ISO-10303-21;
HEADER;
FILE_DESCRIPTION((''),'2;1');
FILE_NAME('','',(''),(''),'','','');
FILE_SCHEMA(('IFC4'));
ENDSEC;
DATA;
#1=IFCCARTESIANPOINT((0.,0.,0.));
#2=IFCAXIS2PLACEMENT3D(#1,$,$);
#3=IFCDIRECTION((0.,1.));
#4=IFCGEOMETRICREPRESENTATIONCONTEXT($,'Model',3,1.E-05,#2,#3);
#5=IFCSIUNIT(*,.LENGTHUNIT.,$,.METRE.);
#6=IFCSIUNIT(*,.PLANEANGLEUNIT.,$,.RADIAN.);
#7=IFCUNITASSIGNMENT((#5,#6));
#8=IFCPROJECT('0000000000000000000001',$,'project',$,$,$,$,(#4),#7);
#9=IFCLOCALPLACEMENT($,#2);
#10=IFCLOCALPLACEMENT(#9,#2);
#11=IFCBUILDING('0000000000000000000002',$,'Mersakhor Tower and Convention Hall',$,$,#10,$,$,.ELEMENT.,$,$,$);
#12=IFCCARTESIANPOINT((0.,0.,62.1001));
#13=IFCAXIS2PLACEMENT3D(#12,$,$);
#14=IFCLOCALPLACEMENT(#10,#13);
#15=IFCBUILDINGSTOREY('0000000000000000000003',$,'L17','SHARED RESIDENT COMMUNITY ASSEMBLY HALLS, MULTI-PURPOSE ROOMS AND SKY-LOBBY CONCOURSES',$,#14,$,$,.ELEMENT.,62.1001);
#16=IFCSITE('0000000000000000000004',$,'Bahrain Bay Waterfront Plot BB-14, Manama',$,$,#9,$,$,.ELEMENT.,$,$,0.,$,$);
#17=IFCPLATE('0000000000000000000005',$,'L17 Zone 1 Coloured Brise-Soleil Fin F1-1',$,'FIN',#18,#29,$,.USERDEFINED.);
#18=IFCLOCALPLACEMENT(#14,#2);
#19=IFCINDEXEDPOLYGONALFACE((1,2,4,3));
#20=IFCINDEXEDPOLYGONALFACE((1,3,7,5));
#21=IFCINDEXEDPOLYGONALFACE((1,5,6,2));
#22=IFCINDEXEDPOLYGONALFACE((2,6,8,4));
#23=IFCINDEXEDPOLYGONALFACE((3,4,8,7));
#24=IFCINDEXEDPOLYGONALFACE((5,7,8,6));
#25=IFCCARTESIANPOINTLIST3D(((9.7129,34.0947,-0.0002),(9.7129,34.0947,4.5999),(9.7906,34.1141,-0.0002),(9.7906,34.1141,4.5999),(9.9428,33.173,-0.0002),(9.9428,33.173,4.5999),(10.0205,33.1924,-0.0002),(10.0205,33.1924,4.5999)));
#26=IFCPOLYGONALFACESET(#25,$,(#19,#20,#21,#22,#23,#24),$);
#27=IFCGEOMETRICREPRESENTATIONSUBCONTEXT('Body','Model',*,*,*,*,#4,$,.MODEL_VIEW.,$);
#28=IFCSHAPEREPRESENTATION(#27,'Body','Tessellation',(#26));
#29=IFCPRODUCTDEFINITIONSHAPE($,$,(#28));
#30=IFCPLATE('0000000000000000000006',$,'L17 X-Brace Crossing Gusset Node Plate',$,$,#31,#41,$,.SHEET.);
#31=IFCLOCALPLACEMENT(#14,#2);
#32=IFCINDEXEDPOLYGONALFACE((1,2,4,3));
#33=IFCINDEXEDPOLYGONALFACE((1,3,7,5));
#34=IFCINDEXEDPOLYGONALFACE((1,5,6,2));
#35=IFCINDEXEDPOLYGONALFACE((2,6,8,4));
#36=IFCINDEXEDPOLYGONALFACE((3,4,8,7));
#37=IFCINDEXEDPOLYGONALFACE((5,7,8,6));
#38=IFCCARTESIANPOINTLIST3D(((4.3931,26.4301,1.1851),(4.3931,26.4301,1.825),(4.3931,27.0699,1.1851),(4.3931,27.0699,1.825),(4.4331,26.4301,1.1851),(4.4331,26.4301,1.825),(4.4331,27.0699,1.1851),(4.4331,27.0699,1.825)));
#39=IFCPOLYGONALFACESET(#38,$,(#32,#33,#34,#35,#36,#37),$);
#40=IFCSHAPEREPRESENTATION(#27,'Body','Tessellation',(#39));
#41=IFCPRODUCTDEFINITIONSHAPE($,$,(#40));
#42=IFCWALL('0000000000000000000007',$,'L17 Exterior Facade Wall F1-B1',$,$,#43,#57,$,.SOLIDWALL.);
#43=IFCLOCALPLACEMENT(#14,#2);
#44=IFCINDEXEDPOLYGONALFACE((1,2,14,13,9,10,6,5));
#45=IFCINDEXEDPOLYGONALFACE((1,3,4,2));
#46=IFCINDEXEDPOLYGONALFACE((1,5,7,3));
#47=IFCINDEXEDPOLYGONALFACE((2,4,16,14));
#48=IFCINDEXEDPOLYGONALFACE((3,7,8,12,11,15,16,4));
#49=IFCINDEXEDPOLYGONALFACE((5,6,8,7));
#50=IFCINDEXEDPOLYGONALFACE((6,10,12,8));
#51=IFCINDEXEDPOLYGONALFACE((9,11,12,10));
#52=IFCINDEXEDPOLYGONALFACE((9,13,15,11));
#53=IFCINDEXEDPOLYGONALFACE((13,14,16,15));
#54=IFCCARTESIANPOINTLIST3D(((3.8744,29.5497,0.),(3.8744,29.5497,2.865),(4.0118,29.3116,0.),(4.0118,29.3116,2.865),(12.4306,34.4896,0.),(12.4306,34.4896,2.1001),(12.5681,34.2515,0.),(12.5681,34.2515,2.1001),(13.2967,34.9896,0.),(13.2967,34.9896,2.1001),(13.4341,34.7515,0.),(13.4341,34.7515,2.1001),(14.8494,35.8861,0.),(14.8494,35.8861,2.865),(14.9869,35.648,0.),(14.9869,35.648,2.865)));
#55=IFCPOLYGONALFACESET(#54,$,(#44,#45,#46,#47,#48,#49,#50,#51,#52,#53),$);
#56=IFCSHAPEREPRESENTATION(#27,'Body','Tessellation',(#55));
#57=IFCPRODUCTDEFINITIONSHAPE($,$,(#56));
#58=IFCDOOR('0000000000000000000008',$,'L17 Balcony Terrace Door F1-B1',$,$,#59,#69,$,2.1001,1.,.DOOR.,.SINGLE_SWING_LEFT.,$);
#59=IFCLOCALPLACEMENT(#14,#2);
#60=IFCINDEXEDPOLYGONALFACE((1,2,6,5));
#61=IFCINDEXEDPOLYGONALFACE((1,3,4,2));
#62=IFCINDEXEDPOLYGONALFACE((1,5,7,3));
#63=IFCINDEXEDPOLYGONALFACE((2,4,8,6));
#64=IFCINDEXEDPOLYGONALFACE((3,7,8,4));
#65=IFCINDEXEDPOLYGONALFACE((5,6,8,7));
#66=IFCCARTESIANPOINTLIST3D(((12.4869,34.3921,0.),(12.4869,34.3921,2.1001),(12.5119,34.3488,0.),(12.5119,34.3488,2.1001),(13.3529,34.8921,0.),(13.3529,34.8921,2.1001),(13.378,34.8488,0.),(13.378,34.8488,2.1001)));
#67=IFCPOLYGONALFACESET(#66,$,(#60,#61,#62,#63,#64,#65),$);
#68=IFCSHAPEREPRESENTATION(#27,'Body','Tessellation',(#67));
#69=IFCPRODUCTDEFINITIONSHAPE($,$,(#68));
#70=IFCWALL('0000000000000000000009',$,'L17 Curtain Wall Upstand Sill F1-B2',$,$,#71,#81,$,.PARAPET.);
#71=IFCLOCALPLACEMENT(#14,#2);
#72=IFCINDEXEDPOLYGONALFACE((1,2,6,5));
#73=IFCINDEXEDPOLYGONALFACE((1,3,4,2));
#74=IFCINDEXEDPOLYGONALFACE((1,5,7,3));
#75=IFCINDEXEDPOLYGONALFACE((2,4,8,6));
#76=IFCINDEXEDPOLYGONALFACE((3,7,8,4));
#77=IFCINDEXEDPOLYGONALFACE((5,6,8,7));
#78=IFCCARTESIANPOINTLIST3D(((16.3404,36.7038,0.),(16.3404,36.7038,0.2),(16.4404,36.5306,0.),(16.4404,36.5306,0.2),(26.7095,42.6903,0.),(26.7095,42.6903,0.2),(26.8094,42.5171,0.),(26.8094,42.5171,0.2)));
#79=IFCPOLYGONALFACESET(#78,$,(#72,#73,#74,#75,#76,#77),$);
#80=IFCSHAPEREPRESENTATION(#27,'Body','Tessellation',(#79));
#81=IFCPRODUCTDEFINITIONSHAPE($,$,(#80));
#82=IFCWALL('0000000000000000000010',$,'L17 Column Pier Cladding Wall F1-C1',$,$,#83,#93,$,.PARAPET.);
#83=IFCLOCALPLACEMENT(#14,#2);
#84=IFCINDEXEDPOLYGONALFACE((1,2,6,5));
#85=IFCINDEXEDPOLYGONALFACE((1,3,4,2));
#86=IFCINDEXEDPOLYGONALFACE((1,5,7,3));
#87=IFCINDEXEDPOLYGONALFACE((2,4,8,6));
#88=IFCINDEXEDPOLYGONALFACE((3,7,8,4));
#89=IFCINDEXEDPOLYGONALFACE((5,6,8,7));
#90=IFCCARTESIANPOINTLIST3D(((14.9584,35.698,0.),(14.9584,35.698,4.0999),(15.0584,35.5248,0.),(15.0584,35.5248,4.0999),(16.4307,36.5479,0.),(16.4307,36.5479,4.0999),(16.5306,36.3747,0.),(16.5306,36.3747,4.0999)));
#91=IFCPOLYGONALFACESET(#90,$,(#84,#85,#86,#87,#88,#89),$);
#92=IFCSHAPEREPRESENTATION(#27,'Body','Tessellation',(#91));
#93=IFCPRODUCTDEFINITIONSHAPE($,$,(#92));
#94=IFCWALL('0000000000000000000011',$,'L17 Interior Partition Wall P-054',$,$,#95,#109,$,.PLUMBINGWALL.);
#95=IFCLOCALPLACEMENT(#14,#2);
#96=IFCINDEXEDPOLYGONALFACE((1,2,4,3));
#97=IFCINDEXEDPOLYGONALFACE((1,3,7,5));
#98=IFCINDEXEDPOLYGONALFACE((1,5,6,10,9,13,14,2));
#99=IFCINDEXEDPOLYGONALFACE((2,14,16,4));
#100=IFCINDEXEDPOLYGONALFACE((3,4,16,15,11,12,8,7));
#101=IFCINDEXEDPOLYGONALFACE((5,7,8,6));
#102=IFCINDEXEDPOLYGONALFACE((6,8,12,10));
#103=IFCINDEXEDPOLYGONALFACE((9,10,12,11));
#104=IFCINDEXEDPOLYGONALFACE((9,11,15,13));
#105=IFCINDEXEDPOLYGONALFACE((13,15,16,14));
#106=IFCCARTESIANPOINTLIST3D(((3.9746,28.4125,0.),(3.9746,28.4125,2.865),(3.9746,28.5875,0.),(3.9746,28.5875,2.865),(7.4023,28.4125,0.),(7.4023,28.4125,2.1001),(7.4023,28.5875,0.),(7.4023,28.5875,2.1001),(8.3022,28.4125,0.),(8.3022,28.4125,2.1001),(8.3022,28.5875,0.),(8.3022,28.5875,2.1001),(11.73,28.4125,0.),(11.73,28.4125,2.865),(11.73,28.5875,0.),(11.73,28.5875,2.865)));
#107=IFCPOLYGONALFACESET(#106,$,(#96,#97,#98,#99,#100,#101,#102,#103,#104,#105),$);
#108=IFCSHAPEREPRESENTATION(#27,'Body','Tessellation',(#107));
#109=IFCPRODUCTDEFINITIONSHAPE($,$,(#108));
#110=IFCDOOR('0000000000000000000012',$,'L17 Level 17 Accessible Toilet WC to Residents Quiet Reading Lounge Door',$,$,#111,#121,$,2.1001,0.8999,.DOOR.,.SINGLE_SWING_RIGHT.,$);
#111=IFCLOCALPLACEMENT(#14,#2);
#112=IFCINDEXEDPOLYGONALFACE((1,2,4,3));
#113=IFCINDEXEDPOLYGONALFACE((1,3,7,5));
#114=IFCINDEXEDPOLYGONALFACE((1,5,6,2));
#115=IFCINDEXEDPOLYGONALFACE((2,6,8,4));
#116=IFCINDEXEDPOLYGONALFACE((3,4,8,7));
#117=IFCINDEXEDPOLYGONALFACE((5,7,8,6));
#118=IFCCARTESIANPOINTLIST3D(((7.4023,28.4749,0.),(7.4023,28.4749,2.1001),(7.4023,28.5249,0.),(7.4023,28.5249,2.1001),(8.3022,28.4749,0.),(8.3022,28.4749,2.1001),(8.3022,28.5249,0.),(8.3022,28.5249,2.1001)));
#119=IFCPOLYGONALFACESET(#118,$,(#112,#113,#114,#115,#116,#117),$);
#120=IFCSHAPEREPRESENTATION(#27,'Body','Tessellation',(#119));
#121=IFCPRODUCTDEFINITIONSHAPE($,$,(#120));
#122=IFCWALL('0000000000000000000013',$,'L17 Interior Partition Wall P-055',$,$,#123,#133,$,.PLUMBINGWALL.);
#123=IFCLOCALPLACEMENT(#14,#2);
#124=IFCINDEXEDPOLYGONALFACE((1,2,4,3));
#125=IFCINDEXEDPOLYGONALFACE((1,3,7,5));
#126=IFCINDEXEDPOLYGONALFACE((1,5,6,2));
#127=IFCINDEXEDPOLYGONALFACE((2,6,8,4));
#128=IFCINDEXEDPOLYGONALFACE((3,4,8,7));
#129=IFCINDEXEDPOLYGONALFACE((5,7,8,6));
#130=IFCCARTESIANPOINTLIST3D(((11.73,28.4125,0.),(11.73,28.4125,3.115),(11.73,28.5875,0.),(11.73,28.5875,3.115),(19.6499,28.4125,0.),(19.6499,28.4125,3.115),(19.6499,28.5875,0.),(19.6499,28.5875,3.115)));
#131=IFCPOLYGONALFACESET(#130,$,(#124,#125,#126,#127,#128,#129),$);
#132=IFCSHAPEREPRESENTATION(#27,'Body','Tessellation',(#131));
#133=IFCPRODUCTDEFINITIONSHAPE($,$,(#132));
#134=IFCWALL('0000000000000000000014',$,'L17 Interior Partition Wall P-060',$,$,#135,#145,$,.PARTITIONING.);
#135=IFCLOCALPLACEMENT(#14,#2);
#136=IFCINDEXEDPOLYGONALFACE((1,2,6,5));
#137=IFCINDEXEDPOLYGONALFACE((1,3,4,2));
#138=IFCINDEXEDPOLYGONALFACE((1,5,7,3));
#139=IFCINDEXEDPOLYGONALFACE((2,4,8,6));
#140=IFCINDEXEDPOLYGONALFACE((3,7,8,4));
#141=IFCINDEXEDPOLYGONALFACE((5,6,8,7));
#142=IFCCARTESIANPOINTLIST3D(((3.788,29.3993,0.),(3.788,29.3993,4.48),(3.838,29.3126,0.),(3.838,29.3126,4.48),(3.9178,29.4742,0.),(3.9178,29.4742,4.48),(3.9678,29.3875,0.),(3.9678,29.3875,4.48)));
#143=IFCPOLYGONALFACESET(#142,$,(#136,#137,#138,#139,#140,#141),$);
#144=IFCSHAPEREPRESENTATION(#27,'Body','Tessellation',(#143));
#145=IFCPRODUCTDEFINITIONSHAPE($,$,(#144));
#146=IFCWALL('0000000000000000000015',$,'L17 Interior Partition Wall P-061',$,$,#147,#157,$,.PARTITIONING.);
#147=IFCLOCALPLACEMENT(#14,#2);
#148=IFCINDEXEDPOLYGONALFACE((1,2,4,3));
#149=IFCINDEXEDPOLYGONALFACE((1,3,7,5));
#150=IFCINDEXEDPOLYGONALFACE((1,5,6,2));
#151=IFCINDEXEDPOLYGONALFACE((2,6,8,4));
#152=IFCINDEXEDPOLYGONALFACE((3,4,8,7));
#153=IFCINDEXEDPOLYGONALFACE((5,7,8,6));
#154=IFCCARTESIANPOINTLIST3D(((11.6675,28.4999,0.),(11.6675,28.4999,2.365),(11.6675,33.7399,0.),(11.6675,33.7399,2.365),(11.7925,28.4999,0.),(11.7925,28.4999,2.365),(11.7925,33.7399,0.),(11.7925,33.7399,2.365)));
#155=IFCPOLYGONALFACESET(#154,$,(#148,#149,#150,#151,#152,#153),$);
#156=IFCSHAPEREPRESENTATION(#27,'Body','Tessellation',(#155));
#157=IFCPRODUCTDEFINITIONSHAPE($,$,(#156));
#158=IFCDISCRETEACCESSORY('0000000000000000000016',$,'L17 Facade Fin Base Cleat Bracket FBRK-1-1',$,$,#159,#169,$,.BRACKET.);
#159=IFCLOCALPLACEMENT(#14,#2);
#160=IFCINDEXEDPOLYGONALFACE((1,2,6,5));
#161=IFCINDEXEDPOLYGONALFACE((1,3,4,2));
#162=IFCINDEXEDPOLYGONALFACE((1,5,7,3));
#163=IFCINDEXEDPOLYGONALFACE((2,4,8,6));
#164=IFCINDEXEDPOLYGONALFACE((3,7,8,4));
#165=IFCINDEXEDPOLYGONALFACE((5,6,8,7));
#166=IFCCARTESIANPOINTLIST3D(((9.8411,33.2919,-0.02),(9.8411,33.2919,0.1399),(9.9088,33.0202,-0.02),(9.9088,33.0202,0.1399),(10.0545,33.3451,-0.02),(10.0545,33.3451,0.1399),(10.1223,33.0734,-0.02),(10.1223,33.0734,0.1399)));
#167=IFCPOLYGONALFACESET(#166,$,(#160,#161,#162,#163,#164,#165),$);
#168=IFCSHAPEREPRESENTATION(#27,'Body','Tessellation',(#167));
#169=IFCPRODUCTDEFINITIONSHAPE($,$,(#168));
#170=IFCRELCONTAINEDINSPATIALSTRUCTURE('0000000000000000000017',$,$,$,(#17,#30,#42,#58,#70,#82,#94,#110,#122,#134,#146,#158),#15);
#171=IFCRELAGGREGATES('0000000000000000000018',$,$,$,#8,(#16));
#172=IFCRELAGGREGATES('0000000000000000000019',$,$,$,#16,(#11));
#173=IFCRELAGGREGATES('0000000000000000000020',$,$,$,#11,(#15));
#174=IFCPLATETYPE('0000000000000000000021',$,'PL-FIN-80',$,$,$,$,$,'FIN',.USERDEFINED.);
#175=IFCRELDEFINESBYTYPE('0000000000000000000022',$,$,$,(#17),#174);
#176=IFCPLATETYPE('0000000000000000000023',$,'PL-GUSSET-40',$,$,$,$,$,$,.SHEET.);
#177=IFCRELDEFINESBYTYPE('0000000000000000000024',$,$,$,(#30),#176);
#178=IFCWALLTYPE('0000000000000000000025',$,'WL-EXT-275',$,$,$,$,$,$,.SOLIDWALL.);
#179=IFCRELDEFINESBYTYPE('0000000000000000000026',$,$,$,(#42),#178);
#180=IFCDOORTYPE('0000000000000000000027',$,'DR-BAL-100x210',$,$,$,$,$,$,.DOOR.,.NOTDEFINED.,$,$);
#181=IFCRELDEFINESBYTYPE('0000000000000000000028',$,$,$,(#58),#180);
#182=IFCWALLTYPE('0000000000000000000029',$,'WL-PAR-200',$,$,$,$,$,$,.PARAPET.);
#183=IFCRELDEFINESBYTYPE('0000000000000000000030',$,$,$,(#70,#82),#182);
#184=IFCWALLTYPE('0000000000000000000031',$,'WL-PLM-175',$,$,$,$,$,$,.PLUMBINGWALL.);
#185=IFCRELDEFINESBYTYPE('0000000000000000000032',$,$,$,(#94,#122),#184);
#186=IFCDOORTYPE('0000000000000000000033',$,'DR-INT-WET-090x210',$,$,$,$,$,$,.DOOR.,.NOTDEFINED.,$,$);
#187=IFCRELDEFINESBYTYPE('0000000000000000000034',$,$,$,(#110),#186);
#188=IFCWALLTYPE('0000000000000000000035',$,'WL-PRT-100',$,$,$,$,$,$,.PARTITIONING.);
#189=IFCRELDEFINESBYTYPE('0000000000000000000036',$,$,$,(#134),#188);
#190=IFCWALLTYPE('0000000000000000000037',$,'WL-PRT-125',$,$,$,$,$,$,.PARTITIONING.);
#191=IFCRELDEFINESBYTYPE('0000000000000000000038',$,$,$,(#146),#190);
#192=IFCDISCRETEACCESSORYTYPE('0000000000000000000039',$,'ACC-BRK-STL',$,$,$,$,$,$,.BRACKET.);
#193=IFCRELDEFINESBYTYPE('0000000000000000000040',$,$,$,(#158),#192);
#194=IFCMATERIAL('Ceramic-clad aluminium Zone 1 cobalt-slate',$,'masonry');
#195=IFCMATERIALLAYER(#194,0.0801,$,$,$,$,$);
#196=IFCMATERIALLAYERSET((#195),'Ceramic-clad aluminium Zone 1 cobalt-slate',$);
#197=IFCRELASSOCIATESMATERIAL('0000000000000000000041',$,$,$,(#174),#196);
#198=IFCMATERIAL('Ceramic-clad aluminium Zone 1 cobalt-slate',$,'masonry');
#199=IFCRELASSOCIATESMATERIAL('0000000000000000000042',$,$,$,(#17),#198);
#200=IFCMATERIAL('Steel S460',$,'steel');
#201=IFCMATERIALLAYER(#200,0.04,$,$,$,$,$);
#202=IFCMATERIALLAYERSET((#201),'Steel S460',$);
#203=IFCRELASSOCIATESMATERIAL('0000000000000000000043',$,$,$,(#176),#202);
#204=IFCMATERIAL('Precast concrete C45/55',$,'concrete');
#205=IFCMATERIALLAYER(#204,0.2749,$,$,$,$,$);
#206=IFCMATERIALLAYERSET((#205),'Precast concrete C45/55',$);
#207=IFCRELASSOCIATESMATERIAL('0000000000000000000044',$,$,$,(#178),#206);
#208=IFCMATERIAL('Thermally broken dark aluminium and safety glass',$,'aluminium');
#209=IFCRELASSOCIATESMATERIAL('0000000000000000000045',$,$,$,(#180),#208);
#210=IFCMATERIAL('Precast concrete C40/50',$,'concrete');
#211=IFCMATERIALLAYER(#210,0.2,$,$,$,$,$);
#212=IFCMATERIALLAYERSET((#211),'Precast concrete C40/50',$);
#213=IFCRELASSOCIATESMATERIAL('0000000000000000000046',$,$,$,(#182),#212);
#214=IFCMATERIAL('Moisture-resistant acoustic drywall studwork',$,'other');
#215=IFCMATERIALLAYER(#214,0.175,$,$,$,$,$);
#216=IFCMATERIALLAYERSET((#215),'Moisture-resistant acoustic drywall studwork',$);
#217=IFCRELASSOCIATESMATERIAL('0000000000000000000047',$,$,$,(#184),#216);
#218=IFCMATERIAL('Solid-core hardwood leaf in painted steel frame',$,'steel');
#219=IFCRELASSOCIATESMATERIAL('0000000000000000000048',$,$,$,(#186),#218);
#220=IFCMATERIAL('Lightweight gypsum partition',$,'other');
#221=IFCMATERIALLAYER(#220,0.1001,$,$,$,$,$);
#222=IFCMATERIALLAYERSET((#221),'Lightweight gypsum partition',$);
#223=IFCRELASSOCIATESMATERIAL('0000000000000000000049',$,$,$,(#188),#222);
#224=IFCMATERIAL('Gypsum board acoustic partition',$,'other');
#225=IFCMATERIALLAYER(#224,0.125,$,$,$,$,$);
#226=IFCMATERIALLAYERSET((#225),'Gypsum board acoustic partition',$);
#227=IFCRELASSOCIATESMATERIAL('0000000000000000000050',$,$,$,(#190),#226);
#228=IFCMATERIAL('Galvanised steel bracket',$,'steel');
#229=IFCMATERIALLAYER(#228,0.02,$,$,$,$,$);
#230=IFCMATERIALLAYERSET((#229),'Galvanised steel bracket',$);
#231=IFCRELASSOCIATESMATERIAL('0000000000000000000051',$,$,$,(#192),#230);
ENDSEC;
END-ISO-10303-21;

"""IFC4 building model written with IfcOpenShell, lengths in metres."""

from ifc_helpers import new_model, si_unit, direction, frame, frame_2d, origin, origin_2d, place, context, subcontext, project, spatial, rectangle, extrude, material, layer, layer_set, type_object, element, fill, save


model = new_model("IFC4")

# Units and contexts
model_context = context("Model", 3, precision=1e-05, world=origin(), true_north=direction((0.0, 1.0)))
body_context = subcontext(model_context, "Body", "Model", "MODEL_VIEW")
ifc_project = project(units=[si_unit("LENGTHUNIT", "METRE"), si_unit("PLANEANGLEUNIT", "RADIAN")], contexts=[model_context])

# Site, building, storey
site_placement = place(None, origin())
site = spatial("IfcSite", under=ifc_project, at=site_placement, Name="Bahrain Bay Waterfront Plot BB-14, Manama", CompositionType="ELEMENT", RefElevation=0.0)
building_placement = place(site_placement, origin())
building = spatial("IfcBuilding", under=site, at=building_placement, Name="Mersakhor Tower and Convention Hall", CompositionType="ELEMENT")
storey_placement = place(building_placement, frame((0.0, 0.0, 62.1001)))
storey = spatial("IfcBuildingStorey", under=building, at=storey_placement, Name="L17", Description="SHARED RESIDENT COMMUNITY ASSEMBLY HALLS, MULTI-PURPOSE ROOMS AND SKY-LOBBY CONCOURSES", CompositionType="ELEMENT", Elevation=62.1001)

# Plates
ifc_material_1 = material(Name="Ceramic-clad aluminium Zone 1 cobalt-slate", Category="masonry")
ifc_material_2 = material(Name="Ceramic-clad aluminium Zone 1 cobalt-slate", Category="masonry")
ifc_layer_1 = layer(ifc_material_2, 0.0801)
ifc_layer_set_1 = layer_set([ifc_layer_1], Name="Ceramic-clad aluminium Zone 1 cobalt-slate")
plate_type_1 = type_object("IfcPlateType", Name="PL-FIN-80", ElementType="FIN", PredefinedType="USERDEFINED", material=ifc_layer_set_1)
plate_1_placement = place(storey_placement, frame((9.8667, 33.6436, -0.0002), z_axis=(0.0, 0.0, 1.0), x_axis=(-0.241922, 0.970296, 0.0)))
element("IfcPlate", 1, at=plate_1_placement, inside=storey, type_object=plate_type_1, material=ifc_material_1, Name="L17 Zone 1 Coloured Brise-Soleil Fin F1-1", ObjectType="FIN", PredefinedType="USERDEFINED", context=body_context, shape_type="SweptSolid", body=[
    extrude(rectangle(XDim=0.95, YDim=0.0801, at=origin_2d()), origin(), (0.0, 0.0, 1.0), 4.6001),
])
ifc_material_3 = material(Name="Steel S460", Category="steel")
ifc_layer_2 = layer(ifc_material_3, 0.04)
ifc_layer_set_2 = layer_set([ifc_layer_2], Name="Steel S460")
plate_type_2 = type_object("IfcPlateType", Name="PL-GUSSET-40", PredefinedType="SHEET", material=ifc_layer_set_2)
plate_2_placement = place(storey_placement, frame((4.4131, 26.75, 1.1851), z_axis=(0.0, 0.0, 1.0), x_axis=(0.0, -1.0, 0.0)))
element("IfcPlate", 2, at=plate_2_placement, inside=storey, type_object=plate_type_2, Name="L17 X-Brace Crossing Gusset Node Plate", PredefinedType="SHEET", context=body_context, shape_type="SweptSolid", body=[
    extrude(rectangle(XDim=0.6399, YDim=0.04, at=origin_2d()), origin(), (0.0, 0.0, 1.0), 0.6399),
])

# Wall, opening, door
ifc_material_4 = material(Name="Precast concrete C45/55", Category="concrete")
ifc_layer_3 = layer(ifc_material_4, 0.2749)
ifc_layer_set_3 = layer_set([ifc_layer_3], Name="Precast concrete C45/55")
wall_type_1 = type_object("IfcWallType", Name="WL-EXT-275", PredefinedType="SOLIDWALL", material=ifc_layer_set_3)
wall_1_placement = place(storey_placement, frame((3.9431, 29.4307, 0.0), z_axis=(0.0, 0.0, 1.0), x_axis=(0.866027, 0.499997, 0.0)))
wall_1 = element("IfcWall", 3, at=wall_1_placement, inside=storey, type_object=wall_type_1, Name="L17 Exterior Facade Wall F1-B1", PredefinedType="SOLIDWALL", context=body_context, shape_type="SweptSolid", body=[
    extrude(rectangle(XDim=12.6729, YDim=0.2749, at=frame_2d((6.3364, 0.0))), origin(), (0.0, 0.0, 1.0), 2.865),
])
opening_1_placement = place(wall_1_placement, frame((9.8799, 0.0, 0.0)))
opening_1 = element("IfcOpeningElement", 4, at=opening_1_placement, cuts=wall_1, PredefinedType="OPENING", context=body_context, shape_type="SweptSolid", body=[
    extrude(rectangle(XDim=1.0, YDim=2.1001, at=frame_2d((0.5, 1.05))), frame((0.0, 0.1475, 0.0), z_axis=(0.0, -1.0, 0.0), x_axis=(1.0, 0.0, 0.0)), (0.0, 0.0, 1.0), 0.2949),
])
ifc_material_5 = material(Name="Thermally broken dark aluminium and safety glass", Category="aluminium")
door_type_1 = type_object("IfcDoorType", Name="DR-BAL-100x210", OperationType="NOTDEFINED", PredefinedType="DOOR", material=ifc_material_5)
door_1_placement = place(opening_1_placement, origin())
door_1 = element("IfcDoor", 5, at=door_1_placement, inside=storey, type_object=door_type_1, Name="L17 Balcony Terrace Door F1-B1", OperationType="SINGLE_SWING_LEFT", OverallHeight=2.1001, OverallWidth=1.0, PredefinedType="DOOR", context=body_context, shape_type="SweptSolid", body=[
    extrude(rectangle(XDim=1.0, YDim=2.1001, at=frame_2d((0.5, 1.05))), frame((0.0, 0.0249, 0.0), z_axis=(0.0, -1.0, 0.0), x_axis=(1.0, 0.0, 0.0)), (0.0, 0.0, 1.0), 0.05),
])
fill(opening_1, door_1)

# Walls
ifc_material_6 = material(Name="Precast concrete C40/50", Category="concrete")
ifc_layer_4 = layer(ifc_material_6, 0.2)
ifc_layer_set_4 = layer_set([ifc_layer_4], Name="Precast concrete C40/50")
wall_type_2 = type_object("IfcWallType", Name="WL-PAR-200", PredefinedType="PARAPET", material=ifc_layer_set_4)
wall_2_placement = place(storey_placement, frame((16.3904, 36.6172, 0.0), z_axis=(0.0, 0.0, 1.0), x_axis=(0.866027, 0.499997, 0.0)))
element("IfcWall", 6, at=wall_2_placement, inside=storey, type_object=wall_type_2, Name="L17 Curtain Wall Upstand Sill F1-B2", PredefinedType="PARAPET", context=body_context, shape_type="SweptSolid", body=[
    extrude(rectangle(XDim=11.9731, YDim=0.2, at=frame_2d((5.9866, 0.0))), origin(), (0.0, 0.0, 1.0), 0.2),
])
wall_3_placement = place(storey_placement, frame((15.0083, 35.6113, 0.0), z_axis=(0.0, 0.0, 1.0), x_axis=(0.866052, 0.499955, 0.0)))
element("IfcWall", 7, at=wall_3_placement, inside=storey, type_object=wall_type_2, Name="L17 Column Pier Cladding Wall F1-C1", PredefinedType="PARAPET", context=body_context, shape_type="SweptSolid", body=[
    extrude(rectangle(XDim=1.7, YDim=0.2, at=frame_2d((0.8501, 0.0))), origin(), (0.0, 0.0, 1.0), 4.0999),
])

# Wall, opening, door
ifc_material_7 = material(Name="Moisture-resistant acoustic drywall studwork", Category="other")
ifc_layer_5 = layer(ifc_material_7, 0.175)
ifc_layer_set_5 = layer_set([ifc_layer_5], Name="Moisture-resistant acoustic drywall studwork")
wall_type_3 = type_object("IfcWallType", Name="WL-PLM-175", PredefinedType="PLUMBINGWALL", material=ifc_layer_set_5)
wall_4_placement = place(storey_placement, frame((3.9746, 28.5, 0.0), z_axis=(0.0, 0.0, 1.0), x_axis=(1.0, 0.0, 0.0)))
wall_4 = element("IfcWall", 8, at=wall_4_placement, inside=storey, type_object=wall_type_3, Name="L17 Interior Partition Wall P-054", PredefinedType="PLUMBINGWALL", context=body_context, shape_type="SweptSolid", body=[
    extrude(rectangle(XDim=7.7554, YDim=0.175, at=frame_2d((3.8777, 0.0))), origin(), (0.0, 0.0, 1.0), 2.865),
])
opening_2_placement = place(wall_4_placement, frame((3.4277, 0.0, 0.0)))
opening_2 = element("IfcOpeningElement", 9, at=opening_2_placement, cuts=wall_4, PredefinedType="OPENING", context=body_context, shape_type="SweptSolid", body=[
    extrude(rectangle(XDim=0.8999, YDim=2.1001, at=frame_2d((0.45, 1.05))), frame((0.0, 0.0974, 0.0), z_axis=(0.0, -1.0, 0.0), x_axis=(1.0, 0.0, 0.0)), (0.0, 0.0, 1.0), 0.1951),
])
ifc_material_8 = material(Name="Solid-core hardwood leaf in painted steel frame", Category="steel")
door_type_2 = type_object("IfcDoorType", Name="DR-INT-WET-090x210", OperationType="NOTDEFINED", PredefinedType="DOOR", material=ifc_material_8)
door_2_placement = place(opening_2_placement, origin())
door_2 = element("IfcDoor", 10, at=door_2_placement, inside=storey, type_object=door_type_2, Name="L17 Level 17 Accessible Toilet WC to Residents Quiet Reading Lounge Door", OperationType="SINGLE_SWING_RIGHT", OverallHeight=2.1001, OverallWidth=0.8999, PredefinedType="DOOR", context=body_context, shape_type="SweptSolid", body=[
    extrude(rectangle(XDim=0.8999, YDim=2.1001, at=frame_2d((0.45, 1.05))), frame((0.0, 0.0249, 0.0), z_axis=(0.0, -1.0, 0.0), x_axis=(1.0, 0.0, 0.0)), (0.0, 0.0, 1.0), 0.05),
])
fill(opening_2, door_2)

# Walls
wall_5_placement = place(storey_placement, frame((11.73, 28.5, 0.0), z_axis=(0.0, 0.0, 1.0), x_axis=(1.0, 0.0, 0.0)))
element("IfcWall", 11, at=wall_5_placement, inside=storey, type_object=wall_type_3, Name="L17 Interior Partition Wall P-055", PredefinedType="PLUMBINGWALL", context=body_context, shape_type="SweptSolid", body=[
    extrude(rectangle(XDim=7.9199, YDim=0.175, at=frame_2d((3.96, 0.0))), origin(), (0.0, 0.0, 1.0), 3.115),
])
ifc_material_9 = material(Name="Lightweight gypsum partition", Category="other")
ifc_layer_6 = layer(ifc_material_9, 0.1001)
ifc_layer_set_6 = layer_set([ifc_layer_6], Name="Lightweight gypsum partition")
wall_type_4 = type_object("IfcWallType", Name="WL-PRT-100", PredefinedType="PARTITIONING", material=ifc_layer_set_6)
wall_6_placement = place(storey_placement, frame((3.813, 29.356, 0.0), z_axis=(0.0, 0.0, 1.0), x_axis=(0.866131, 0.499816, 0.0)))
element("IfcWall", 12, at=wall_6_placement, inside=storey, type_object=wall_type_4, Name="L17 Interior Partition Wall P-060", PredefinedType="PARTITIONING", context=body_context, shape_type="SweptSolid", body=[
    extrude(rectangle(XDim=0.1499, YDim=0.1001, at=frame_2d((0.075, 0.0))), origin(), (0.0, 0.0, 1.0), 4.48),
])
ifc_material_10 = material(Name="Gypsum board acoustic partition", Category="other")
ifc_layer_7 = layer(ifc_material_10, 0.125)
ifc_layer_set_7 = layer_set([ifc_layer_7], Name="Gypsum board acoustic partition")
wall_type_5 = type_object("IfcWallType", Name="WL-PRT-125", PredefinedType="PARTITIONING", material=ifc_layer_set_7)
wall_7_placement = place(storey_placement, frame((11.73, 33.74, 0.0), z_axis=(0.0, 0.0, 1.0), x_axis=(0.0, -1.0, 0.0)))
element("IfcWall", 13, at=wall_7_placement, inside=storey, type_object=wall_type_5, Name="L17 Interior Partition Wall P-061", PredefinedType="PARTITIONING", context=body_context, shape_type="SweptSolid", body=[
    extrude(rectangle(XDim=5.24, YDim=0.125, at=frame_2d((2.6201, 0.0))), origin(), (0.0, 0.0, 1.0), 2.365),
])

# Discrete accessory
ifc_material_11 = material(Name="Galvanised steel bracket", Category="steel")
ifc_layer_8 = layer(ifc_material_11, 0.02)
ifc_layer_set_8 = layer_set([ifc_layer_8], Name="Galvanised steel bracket")
discrete_accessory_type = type_object("IfcDiscreteAccessoryType", Name="ACC-BRK-STL", PredefinedType="BRACKET", material=ifc_layer_set_8)
discrete_accessory_placement = place(storey_placement, frame((9.9817, 33.1826, -0.02), z_axis=(0.0, 0.0, 1.0), x_axis=(-0.241922, 0.970296, 0.0)))
element("IfcDiscreteAccessory", 14, at=discrete_accessory_placement, inside=storey, type_object=discrete_accessory_type, Name="L17 Facade Fin Base Cleat Bracket FBRK-1-1", PredefinedType="BRACKET", context=body_context, shape_type="SweptSolid", body=[
    extrude(rectangle(XDim=0.28, YDim=0.22, at=origin_2d()), origin(), (0.0, 0.0, 1.0), 0.1599),
])

save(model, "model.ifc")
